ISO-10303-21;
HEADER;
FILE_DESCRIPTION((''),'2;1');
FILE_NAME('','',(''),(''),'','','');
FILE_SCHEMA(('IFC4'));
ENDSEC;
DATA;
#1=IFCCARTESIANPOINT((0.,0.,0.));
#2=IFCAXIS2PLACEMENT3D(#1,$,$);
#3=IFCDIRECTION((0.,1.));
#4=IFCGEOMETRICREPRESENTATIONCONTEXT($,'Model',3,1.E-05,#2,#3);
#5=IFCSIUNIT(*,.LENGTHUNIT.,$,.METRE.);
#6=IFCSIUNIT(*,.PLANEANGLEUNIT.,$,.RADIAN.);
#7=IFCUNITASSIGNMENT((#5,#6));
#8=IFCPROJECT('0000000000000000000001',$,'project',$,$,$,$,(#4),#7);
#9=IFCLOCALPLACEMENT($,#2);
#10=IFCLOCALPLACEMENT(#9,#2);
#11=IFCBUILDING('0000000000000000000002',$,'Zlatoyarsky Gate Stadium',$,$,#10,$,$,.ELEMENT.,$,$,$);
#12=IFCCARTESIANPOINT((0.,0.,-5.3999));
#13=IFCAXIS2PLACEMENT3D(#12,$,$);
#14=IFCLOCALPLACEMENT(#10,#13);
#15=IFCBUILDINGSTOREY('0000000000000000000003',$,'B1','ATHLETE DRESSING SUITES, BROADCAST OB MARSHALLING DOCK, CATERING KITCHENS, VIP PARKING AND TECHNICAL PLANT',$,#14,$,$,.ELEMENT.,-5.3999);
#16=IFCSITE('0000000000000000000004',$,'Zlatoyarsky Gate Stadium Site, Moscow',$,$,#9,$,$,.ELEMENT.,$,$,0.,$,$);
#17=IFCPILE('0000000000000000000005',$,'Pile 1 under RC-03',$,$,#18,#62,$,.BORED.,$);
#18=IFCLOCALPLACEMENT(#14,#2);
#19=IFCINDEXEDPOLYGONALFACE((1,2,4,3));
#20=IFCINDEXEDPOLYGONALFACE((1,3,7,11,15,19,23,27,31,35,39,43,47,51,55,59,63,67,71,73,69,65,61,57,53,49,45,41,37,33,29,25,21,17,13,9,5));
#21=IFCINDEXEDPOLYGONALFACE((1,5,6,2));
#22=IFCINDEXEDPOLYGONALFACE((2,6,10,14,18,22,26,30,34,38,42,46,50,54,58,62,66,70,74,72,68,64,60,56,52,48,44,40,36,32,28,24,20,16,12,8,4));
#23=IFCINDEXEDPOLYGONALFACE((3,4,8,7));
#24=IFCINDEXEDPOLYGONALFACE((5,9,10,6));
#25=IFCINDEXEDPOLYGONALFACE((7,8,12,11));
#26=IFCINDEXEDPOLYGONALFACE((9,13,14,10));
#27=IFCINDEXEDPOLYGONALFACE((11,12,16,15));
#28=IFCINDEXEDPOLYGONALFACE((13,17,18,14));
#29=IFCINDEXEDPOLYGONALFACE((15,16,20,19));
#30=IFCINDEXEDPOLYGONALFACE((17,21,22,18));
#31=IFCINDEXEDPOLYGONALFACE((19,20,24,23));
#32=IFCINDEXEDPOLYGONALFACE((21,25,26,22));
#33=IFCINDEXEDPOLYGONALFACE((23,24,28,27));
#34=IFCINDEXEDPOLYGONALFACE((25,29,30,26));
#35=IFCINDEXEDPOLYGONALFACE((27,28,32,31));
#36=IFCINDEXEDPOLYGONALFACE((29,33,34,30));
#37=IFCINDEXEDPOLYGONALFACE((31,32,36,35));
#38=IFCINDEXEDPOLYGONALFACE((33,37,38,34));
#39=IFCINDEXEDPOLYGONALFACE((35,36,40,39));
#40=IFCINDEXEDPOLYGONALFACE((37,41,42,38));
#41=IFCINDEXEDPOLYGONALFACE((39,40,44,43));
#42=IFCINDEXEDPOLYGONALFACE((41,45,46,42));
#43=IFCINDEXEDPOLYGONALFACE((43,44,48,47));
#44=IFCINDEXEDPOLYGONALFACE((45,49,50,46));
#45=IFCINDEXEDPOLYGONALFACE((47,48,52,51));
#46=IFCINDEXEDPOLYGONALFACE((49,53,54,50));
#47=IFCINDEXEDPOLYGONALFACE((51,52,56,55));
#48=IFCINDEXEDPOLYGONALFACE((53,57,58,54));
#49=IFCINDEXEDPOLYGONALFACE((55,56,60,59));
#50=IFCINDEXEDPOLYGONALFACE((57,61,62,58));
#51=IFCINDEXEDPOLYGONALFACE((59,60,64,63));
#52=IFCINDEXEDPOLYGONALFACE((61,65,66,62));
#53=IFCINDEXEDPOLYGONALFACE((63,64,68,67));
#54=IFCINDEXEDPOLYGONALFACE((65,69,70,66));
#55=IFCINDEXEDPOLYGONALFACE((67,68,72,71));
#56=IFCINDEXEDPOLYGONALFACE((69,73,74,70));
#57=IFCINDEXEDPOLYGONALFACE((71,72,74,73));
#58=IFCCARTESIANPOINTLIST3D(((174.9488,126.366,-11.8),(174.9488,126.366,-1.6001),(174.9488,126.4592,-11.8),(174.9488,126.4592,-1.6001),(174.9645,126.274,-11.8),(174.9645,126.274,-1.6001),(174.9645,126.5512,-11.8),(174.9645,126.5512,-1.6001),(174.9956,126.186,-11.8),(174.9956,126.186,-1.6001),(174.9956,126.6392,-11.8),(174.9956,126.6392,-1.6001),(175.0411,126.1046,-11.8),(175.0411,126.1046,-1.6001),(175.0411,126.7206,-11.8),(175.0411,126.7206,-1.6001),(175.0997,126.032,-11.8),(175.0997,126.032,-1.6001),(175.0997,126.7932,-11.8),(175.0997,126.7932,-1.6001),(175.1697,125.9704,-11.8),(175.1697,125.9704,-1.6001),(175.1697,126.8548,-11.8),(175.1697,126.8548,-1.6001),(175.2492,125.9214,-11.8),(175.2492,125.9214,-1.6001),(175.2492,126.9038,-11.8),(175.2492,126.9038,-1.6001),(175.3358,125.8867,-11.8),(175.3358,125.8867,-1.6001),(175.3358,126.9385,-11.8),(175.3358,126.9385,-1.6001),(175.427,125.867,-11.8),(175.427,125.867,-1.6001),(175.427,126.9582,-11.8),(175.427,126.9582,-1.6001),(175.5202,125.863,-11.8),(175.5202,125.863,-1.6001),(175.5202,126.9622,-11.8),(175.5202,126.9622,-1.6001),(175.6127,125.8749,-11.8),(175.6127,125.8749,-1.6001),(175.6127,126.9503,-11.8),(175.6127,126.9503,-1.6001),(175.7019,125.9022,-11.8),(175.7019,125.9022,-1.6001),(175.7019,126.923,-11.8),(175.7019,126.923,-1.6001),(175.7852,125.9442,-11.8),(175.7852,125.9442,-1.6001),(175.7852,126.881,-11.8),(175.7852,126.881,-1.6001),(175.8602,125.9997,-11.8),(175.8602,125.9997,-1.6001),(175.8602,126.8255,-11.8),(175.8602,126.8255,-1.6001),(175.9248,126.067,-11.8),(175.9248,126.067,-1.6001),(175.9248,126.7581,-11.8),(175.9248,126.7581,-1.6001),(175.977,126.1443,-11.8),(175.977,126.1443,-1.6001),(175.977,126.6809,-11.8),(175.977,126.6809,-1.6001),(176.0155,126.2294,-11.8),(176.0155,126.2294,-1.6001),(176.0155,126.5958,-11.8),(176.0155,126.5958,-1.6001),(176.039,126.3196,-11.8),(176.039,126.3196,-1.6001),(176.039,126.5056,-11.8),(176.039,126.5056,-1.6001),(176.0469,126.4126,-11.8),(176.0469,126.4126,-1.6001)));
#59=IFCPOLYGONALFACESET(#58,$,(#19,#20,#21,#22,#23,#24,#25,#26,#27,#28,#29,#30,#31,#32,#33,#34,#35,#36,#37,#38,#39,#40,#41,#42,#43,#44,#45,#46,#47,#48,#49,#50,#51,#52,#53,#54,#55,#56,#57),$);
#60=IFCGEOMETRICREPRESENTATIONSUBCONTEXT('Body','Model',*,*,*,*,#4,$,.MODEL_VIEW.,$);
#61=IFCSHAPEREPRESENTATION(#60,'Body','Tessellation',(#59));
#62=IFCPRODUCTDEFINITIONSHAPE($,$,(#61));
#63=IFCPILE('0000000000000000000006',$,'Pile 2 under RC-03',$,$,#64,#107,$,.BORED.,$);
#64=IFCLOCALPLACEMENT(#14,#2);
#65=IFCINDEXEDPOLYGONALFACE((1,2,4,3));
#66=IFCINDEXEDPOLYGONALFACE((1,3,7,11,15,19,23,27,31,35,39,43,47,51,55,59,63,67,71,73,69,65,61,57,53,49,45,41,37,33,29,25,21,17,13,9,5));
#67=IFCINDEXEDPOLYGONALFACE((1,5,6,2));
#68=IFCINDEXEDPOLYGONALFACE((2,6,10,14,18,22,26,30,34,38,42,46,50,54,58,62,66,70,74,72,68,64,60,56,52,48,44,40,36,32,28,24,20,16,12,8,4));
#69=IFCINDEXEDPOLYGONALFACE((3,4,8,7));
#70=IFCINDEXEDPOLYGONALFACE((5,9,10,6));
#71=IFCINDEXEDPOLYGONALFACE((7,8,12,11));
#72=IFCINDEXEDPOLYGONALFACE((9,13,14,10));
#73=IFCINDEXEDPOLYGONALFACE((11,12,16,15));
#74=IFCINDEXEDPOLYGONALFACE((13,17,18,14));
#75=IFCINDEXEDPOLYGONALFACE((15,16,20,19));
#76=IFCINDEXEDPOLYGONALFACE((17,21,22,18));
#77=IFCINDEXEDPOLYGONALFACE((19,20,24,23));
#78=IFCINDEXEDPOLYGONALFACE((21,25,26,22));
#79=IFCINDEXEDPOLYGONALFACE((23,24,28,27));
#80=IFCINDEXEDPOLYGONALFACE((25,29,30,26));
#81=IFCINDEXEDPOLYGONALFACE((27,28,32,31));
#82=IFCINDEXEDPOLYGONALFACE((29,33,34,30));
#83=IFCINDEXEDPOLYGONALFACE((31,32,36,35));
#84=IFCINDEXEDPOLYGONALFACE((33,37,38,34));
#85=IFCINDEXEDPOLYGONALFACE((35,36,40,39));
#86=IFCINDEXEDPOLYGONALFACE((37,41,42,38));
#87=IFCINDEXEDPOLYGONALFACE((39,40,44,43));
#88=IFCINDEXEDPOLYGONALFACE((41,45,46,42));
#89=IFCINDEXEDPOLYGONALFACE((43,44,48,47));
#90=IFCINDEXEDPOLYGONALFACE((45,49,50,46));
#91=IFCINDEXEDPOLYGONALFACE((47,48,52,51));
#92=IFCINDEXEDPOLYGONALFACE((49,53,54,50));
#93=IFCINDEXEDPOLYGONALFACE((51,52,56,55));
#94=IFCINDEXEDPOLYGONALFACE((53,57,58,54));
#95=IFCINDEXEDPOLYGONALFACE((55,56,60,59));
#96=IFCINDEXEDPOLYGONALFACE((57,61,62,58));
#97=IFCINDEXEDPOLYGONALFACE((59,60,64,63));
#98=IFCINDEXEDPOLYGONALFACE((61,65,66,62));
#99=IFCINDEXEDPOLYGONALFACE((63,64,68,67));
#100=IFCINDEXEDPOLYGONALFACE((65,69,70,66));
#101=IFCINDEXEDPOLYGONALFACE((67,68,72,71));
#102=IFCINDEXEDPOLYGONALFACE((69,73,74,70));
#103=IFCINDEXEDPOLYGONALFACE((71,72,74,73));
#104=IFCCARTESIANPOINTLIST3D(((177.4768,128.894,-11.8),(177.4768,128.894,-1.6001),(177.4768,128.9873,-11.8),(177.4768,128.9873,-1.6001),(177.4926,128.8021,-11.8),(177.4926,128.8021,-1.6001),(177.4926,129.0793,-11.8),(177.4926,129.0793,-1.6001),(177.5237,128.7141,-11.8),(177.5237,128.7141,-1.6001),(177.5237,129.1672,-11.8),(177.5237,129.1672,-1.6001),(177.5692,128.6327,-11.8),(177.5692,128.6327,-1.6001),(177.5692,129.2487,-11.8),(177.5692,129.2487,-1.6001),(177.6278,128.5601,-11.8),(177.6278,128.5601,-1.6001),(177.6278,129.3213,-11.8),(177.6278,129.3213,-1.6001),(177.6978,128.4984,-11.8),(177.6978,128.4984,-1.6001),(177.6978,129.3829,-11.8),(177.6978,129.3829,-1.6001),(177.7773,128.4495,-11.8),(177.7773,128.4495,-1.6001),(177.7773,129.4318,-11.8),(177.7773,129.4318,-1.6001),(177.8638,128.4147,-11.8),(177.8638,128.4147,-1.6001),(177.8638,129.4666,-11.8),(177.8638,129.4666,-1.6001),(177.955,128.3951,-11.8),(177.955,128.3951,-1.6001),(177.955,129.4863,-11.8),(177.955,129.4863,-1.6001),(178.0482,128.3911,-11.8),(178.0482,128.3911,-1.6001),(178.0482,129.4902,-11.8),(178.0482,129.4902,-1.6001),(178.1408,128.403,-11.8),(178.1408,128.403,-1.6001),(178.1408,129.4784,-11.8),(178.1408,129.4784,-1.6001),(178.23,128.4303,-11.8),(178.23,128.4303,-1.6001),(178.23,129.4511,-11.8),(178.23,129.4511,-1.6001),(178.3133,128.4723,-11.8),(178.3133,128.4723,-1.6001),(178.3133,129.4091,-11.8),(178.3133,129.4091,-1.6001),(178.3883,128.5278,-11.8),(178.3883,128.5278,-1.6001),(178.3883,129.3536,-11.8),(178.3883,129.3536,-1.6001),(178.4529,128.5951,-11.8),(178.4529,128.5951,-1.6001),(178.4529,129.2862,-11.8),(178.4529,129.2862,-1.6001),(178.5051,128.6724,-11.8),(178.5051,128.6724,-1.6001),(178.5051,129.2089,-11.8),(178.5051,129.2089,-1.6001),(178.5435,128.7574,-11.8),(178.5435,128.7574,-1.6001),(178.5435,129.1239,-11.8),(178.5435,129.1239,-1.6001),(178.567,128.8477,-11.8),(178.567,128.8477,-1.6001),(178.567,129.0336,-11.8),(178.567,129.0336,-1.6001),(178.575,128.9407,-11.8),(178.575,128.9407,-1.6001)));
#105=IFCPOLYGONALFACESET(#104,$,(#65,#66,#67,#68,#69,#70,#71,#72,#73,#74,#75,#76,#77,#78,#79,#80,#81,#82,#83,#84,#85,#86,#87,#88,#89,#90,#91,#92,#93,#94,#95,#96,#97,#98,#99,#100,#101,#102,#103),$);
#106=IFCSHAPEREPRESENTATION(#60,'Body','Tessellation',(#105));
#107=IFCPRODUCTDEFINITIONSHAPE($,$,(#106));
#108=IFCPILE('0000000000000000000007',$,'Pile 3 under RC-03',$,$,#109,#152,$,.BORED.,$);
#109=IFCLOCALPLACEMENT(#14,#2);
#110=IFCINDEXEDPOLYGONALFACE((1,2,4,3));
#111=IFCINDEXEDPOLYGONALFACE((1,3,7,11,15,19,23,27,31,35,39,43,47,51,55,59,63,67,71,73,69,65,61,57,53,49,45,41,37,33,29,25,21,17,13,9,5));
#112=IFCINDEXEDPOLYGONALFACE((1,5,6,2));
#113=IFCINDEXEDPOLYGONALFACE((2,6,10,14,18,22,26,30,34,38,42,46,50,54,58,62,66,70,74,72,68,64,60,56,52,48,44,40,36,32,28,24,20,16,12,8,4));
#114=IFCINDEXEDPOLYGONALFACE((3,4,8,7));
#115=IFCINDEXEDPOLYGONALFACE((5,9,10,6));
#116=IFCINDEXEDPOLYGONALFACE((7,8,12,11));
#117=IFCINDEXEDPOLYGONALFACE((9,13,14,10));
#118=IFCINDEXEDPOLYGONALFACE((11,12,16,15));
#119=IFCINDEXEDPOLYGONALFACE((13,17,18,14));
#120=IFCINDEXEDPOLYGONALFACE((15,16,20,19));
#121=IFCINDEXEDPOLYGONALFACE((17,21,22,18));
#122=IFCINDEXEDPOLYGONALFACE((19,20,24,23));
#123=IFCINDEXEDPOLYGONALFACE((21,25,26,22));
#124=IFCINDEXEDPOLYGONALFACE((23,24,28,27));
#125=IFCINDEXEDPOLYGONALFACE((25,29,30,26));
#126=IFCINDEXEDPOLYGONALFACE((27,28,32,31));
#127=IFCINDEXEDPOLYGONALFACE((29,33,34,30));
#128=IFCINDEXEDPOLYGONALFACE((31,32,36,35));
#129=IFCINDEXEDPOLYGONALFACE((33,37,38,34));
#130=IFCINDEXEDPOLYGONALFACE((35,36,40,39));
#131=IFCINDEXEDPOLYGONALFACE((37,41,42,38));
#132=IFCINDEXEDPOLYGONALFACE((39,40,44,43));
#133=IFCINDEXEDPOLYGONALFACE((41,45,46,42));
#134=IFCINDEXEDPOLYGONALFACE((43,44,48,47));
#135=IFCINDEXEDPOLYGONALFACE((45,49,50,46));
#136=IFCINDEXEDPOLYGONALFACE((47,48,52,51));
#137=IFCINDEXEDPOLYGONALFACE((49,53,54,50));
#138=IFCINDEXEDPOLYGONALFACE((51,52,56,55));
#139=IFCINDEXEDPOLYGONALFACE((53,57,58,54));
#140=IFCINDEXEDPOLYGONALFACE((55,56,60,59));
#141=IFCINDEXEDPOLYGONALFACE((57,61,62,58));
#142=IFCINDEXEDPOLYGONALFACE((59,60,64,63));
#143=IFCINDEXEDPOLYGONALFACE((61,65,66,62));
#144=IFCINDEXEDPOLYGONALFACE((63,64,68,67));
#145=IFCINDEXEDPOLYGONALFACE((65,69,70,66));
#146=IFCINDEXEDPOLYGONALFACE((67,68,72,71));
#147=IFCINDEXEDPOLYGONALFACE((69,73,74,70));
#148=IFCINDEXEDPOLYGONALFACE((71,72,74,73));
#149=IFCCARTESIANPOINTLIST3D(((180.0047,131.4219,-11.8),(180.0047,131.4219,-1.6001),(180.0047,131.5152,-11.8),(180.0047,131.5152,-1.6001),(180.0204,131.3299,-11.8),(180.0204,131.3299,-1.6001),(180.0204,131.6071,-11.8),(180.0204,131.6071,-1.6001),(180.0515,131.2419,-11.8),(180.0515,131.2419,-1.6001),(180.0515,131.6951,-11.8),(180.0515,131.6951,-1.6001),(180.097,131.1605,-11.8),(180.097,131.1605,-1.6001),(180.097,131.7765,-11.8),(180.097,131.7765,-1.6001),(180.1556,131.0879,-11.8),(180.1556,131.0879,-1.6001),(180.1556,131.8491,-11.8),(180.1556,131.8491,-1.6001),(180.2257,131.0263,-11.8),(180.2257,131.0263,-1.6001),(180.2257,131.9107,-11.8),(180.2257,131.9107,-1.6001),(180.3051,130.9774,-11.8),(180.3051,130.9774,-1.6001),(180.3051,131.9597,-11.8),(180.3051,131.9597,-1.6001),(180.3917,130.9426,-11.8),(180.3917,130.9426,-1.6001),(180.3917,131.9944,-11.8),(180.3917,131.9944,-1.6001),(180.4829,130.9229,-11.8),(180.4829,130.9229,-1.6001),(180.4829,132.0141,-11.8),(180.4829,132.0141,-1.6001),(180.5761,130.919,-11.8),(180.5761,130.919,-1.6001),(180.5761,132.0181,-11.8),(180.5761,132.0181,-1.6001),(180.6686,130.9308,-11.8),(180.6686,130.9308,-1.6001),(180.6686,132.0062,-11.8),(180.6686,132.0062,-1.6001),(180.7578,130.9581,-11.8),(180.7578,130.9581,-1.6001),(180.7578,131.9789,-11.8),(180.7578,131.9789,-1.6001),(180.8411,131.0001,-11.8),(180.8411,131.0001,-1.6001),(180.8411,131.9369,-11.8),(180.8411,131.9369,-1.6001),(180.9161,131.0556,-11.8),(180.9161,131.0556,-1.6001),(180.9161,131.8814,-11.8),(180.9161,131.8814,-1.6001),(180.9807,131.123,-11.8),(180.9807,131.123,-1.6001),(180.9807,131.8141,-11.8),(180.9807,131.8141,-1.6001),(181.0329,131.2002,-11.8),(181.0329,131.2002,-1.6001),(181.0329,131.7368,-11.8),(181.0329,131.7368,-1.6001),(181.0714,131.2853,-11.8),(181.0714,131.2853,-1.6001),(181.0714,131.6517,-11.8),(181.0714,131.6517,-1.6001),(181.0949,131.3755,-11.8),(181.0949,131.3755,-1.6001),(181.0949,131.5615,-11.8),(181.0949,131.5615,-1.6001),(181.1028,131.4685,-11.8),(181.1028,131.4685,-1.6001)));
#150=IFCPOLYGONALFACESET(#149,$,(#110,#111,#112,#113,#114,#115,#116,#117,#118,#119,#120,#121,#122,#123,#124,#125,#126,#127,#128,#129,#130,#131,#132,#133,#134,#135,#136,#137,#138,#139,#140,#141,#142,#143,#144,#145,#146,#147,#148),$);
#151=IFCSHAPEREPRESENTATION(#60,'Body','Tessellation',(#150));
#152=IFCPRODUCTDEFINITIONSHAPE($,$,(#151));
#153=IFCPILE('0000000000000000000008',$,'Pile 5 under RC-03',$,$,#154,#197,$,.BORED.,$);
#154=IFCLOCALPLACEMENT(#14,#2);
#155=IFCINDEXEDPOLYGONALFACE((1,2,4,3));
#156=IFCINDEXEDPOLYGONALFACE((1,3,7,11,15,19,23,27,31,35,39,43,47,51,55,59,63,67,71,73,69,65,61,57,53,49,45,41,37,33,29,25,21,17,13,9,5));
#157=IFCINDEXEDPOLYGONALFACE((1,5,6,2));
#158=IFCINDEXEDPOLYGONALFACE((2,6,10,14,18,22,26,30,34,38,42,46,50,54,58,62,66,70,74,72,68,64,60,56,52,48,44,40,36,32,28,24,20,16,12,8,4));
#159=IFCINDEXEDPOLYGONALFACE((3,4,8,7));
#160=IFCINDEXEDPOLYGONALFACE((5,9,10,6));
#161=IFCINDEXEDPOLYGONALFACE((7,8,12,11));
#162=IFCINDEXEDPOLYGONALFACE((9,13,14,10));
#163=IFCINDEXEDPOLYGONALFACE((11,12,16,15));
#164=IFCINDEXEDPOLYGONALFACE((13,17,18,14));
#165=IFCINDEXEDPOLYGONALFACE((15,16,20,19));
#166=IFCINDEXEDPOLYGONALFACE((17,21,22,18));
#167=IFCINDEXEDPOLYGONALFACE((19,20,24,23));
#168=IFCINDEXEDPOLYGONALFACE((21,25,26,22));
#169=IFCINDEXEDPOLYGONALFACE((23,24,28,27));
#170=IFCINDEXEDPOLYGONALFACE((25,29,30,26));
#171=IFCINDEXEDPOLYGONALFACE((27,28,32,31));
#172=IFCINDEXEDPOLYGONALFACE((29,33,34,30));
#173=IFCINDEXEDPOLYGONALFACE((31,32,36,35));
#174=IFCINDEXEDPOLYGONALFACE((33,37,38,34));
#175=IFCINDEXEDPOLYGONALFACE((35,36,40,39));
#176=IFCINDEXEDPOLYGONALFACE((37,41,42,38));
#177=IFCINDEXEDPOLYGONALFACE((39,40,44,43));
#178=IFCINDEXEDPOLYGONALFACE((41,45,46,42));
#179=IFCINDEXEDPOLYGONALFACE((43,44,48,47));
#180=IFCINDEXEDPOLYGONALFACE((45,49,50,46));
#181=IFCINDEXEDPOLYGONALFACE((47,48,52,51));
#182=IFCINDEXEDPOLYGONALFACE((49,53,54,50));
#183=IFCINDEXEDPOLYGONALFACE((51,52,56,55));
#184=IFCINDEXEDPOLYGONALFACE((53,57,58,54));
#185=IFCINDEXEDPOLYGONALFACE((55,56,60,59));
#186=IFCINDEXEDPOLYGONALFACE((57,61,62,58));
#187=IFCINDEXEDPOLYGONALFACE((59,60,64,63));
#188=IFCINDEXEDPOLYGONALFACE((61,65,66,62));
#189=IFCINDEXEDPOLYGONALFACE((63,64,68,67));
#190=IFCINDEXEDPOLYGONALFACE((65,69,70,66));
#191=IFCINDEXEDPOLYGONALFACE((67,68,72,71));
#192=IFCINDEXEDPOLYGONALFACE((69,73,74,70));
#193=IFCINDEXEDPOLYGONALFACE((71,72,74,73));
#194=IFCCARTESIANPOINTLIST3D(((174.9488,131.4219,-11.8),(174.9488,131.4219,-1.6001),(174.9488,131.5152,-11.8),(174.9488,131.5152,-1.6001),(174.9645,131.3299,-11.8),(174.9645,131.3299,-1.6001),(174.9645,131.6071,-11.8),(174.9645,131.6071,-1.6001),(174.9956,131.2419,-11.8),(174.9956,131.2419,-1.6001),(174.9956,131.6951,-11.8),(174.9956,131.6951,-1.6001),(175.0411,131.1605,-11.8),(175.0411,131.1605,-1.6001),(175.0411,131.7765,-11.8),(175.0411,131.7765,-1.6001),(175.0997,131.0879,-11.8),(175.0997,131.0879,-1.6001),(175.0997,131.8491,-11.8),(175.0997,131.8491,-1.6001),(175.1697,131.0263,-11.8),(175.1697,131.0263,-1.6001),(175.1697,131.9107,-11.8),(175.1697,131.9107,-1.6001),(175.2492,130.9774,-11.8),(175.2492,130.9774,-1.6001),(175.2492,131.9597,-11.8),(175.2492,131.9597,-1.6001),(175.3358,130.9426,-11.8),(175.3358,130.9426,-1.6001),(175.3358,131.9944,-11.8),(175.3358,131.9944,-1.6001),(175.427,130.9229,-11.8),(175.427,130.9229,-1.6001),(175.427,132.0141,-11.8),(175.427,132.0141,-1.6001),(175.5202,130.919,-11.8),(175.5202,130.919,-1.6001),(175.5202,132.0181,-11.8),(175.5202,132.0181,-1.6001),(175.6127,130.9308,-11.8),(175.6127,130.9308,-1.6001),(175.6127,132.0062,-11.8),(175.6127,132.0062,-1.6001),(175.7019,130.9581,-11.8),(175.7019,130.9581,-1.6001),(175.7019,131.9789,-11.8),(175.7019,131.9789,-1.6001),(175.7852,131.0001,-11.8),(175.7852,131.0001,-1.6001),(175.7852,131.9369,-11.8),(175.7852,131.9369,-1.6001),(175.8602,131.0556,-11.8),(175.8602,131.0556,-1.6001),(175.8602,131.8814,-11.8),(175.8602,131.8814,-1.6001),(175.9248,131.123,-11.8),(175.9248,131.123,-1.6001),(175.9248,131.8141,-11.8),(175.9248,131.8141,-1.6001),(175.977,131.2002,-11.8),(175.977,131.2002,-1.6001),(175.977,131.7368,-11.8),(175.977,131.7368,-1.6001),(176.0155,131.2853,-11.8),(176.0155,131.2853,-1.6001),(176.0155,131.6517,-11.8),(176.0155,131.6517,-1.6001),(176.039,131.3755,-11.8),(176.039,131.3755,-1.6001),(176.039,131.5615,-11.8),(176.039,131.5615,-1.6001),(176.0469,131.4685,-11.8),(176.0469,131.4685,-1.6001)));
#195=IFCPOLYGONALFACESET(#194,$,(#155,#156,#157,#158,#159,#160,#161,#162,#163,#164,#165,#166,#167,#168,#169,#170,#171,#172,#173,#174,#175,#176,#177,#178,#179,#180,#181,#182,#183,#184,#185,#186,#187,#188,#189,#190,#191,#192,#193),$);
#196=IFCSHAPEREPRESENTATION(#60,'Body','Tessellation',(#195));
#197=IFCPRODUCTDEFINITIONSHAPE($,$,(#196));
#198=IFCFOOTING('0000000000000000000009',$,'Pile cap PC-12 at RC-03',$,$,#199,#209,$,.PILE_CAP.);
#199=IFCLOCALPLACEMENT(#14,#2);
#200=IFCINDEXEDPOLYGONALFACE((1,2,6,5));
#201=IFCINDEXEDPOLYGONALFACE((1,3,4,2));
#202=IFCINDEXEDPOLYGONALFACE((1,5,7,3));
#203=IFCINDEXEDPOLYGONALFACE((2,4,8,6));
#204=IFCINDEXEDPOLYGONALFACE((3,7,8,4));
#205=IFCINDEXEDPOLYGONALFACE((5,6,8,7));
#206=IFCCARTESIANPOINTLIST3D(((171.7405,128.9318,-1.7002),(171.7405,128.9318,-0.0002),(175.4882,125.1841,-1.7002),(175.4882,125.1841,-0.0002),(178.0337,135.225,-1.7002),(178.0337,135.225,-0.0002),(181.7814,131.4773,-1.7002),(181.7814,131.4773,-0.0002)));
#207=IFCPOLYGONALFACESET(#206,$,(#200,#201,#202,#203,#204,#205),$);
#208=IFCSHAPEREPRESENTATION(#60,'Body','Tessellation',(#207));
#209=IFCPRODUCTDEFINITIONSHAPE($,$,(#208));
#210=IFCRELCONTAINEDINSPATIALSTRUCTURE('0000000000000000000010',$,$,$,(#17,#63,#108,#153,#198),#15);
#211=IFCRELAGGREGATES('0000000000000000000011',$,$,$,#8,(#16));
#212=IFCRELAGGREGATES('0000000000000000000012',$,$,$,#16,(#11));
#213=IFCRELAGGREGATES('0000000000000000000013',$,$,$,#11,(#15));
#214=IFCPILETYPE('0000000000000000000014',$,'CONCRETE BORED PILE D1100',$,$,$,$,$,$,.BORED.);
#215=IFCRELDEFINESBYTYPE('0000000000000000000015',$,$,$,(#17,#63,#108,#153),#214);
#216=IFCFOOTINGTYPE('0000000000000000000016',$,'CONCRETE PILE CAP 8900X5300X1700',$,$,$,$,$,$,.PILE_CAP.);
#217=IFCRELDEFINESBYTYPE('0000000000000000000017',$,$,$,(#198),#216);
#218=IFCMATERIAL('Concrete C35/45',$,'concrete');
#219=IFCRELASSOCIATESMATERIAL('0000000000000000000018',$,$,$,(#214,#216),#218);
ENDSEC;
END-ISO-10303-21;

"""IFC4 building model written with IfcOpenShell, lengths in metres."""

from ifc_helpers import new_model, si_unit, direction, frame, origin, origin_2d, place, context, subcontext, project, spatial, rectangle, circle, extrude, material, material_profile, profile_set, type_object, element, save


model = new_model("IFC4")

# Units and contexts
model_context = context("Model", 3, precision=1e-05, world=origin(), true_north=direction((0.0, 1.0)))
body_context = subcontext(model_context, "Body", "Model", "MODEL_VIEW")
ifc_project = project(units=[si_unit("LENGTHUNIT", "METRE"), si_unit("PLANEANGLEUNIT", "RADIAN")], contexts=[model_context])

# Site, building, storey
site_placement = place(None, origin())
site = spatial("IfcSite", under=ifc_project, at=site_placement, Name="Zlatoyarsky Gate Stadium Site, Moscow", CompositionType="ELEMENT", RefElevation=0.0)
building_placement = place(site_placement, origin())
building = spatial("IfcBuilding", under=site, at=building_placement, Name="Zlatoyarsky Gate Stadium", CompositionType="ELEMENT")
storey_placement = place(building_placement, frame((0.0, 0.0, -5.3999)))
storey = spatial("IfcBuildingStorey", under=building, at=storey_placement, Name="B1", Description="ATHLETE DRESSING SUITES, BROADCAST OB MARSHALLING DOCK, CATERING KITCHENS, VIP PARKING AND TECHNICAL PLANT", CompositionType="ELEMENT", Elevation=-5.3999)

# Piles
ifc_material_1 = material(Name="Concrete C35/45", Category="concrete")
ifc_material_profile_1 = material_profile(ifc_material_1, circle(Radius=0.55, at=origin_2d()), Name="BORED PILE D1100")
ifc_profile_set_1 = profile_set([ifc_material_profile_1], Name="Concrete C35/45")
pile_type = type_object("IfcPileType", Name="CONCRETE BORED PILE D1100", PredefinedType="BORED", material=ifc_profile_set_1)
for number, where, z_axis, x_axis, name in (
    (1, (175.4968, 126.4126, -1.6001), (0.0, 0.0, -1.0), (1.0, 0.0, 0.0), "Pile 1 under RC-03"),
    (2, (178.0249, 128.9407, -1.6001), (0.0, 0.0, -1.0), (1.0, 0.0, 0.0), "Pile 2 under RC-03"),
    (3, (180.5527, 131.4685, -1.6001), (0.0, 0.0, -1.0), (1.0, 0.0, 0.0), "Pile 3 under RC-03"),
    (4, (175.4968, 131.4685, -1.6001), (0.0, 0.0, -1.0), (1.0, 0.0, 0.0), "Pile 5 under RC-03"),
):
    element("IfcPile", number, at=place(storey_placement, frame(where, z_axis=z_axis, x_axis=x_axis)), inside=storey, type_object=pile_type, Name=name, PredefinedType="BORED", context=body_context, shape_type="SweptSolid", body=[
        extrude(circle(Radius=0.55, at=origin_2d()), origin(), (0.0, 0.0, 1.0), 10.2),
    ])

# Footing
footing_type = type_object("IfcFootingType", Name="CONCRETE PILE CAP 8900X5300X1700", PredefinedType="PILE_CAP", material=ifc_material_1)
footing_placement = place(storey_placement, frame((176.761, 130.2046, -1.7002), z_axis=(0.0, 0.0, 1.0), x_axis=(0.707107, 0.707107, 0.0)))
element("IfcFooting", 5, at=footing_placement, inside=storey, type_object=footing_type, Name="Pile cap PC-12 at RC-03", PredefinedType="PILE_CAP", context=body_context, shape_type="SweptSolid", body=[
    extrude(rectangle(XDim=8.8999, YDim=5.3, at=origin_2d()), origin(), (0.0, 0.0, 1.0), 1.7),
])

save(model, "model.ifc")
